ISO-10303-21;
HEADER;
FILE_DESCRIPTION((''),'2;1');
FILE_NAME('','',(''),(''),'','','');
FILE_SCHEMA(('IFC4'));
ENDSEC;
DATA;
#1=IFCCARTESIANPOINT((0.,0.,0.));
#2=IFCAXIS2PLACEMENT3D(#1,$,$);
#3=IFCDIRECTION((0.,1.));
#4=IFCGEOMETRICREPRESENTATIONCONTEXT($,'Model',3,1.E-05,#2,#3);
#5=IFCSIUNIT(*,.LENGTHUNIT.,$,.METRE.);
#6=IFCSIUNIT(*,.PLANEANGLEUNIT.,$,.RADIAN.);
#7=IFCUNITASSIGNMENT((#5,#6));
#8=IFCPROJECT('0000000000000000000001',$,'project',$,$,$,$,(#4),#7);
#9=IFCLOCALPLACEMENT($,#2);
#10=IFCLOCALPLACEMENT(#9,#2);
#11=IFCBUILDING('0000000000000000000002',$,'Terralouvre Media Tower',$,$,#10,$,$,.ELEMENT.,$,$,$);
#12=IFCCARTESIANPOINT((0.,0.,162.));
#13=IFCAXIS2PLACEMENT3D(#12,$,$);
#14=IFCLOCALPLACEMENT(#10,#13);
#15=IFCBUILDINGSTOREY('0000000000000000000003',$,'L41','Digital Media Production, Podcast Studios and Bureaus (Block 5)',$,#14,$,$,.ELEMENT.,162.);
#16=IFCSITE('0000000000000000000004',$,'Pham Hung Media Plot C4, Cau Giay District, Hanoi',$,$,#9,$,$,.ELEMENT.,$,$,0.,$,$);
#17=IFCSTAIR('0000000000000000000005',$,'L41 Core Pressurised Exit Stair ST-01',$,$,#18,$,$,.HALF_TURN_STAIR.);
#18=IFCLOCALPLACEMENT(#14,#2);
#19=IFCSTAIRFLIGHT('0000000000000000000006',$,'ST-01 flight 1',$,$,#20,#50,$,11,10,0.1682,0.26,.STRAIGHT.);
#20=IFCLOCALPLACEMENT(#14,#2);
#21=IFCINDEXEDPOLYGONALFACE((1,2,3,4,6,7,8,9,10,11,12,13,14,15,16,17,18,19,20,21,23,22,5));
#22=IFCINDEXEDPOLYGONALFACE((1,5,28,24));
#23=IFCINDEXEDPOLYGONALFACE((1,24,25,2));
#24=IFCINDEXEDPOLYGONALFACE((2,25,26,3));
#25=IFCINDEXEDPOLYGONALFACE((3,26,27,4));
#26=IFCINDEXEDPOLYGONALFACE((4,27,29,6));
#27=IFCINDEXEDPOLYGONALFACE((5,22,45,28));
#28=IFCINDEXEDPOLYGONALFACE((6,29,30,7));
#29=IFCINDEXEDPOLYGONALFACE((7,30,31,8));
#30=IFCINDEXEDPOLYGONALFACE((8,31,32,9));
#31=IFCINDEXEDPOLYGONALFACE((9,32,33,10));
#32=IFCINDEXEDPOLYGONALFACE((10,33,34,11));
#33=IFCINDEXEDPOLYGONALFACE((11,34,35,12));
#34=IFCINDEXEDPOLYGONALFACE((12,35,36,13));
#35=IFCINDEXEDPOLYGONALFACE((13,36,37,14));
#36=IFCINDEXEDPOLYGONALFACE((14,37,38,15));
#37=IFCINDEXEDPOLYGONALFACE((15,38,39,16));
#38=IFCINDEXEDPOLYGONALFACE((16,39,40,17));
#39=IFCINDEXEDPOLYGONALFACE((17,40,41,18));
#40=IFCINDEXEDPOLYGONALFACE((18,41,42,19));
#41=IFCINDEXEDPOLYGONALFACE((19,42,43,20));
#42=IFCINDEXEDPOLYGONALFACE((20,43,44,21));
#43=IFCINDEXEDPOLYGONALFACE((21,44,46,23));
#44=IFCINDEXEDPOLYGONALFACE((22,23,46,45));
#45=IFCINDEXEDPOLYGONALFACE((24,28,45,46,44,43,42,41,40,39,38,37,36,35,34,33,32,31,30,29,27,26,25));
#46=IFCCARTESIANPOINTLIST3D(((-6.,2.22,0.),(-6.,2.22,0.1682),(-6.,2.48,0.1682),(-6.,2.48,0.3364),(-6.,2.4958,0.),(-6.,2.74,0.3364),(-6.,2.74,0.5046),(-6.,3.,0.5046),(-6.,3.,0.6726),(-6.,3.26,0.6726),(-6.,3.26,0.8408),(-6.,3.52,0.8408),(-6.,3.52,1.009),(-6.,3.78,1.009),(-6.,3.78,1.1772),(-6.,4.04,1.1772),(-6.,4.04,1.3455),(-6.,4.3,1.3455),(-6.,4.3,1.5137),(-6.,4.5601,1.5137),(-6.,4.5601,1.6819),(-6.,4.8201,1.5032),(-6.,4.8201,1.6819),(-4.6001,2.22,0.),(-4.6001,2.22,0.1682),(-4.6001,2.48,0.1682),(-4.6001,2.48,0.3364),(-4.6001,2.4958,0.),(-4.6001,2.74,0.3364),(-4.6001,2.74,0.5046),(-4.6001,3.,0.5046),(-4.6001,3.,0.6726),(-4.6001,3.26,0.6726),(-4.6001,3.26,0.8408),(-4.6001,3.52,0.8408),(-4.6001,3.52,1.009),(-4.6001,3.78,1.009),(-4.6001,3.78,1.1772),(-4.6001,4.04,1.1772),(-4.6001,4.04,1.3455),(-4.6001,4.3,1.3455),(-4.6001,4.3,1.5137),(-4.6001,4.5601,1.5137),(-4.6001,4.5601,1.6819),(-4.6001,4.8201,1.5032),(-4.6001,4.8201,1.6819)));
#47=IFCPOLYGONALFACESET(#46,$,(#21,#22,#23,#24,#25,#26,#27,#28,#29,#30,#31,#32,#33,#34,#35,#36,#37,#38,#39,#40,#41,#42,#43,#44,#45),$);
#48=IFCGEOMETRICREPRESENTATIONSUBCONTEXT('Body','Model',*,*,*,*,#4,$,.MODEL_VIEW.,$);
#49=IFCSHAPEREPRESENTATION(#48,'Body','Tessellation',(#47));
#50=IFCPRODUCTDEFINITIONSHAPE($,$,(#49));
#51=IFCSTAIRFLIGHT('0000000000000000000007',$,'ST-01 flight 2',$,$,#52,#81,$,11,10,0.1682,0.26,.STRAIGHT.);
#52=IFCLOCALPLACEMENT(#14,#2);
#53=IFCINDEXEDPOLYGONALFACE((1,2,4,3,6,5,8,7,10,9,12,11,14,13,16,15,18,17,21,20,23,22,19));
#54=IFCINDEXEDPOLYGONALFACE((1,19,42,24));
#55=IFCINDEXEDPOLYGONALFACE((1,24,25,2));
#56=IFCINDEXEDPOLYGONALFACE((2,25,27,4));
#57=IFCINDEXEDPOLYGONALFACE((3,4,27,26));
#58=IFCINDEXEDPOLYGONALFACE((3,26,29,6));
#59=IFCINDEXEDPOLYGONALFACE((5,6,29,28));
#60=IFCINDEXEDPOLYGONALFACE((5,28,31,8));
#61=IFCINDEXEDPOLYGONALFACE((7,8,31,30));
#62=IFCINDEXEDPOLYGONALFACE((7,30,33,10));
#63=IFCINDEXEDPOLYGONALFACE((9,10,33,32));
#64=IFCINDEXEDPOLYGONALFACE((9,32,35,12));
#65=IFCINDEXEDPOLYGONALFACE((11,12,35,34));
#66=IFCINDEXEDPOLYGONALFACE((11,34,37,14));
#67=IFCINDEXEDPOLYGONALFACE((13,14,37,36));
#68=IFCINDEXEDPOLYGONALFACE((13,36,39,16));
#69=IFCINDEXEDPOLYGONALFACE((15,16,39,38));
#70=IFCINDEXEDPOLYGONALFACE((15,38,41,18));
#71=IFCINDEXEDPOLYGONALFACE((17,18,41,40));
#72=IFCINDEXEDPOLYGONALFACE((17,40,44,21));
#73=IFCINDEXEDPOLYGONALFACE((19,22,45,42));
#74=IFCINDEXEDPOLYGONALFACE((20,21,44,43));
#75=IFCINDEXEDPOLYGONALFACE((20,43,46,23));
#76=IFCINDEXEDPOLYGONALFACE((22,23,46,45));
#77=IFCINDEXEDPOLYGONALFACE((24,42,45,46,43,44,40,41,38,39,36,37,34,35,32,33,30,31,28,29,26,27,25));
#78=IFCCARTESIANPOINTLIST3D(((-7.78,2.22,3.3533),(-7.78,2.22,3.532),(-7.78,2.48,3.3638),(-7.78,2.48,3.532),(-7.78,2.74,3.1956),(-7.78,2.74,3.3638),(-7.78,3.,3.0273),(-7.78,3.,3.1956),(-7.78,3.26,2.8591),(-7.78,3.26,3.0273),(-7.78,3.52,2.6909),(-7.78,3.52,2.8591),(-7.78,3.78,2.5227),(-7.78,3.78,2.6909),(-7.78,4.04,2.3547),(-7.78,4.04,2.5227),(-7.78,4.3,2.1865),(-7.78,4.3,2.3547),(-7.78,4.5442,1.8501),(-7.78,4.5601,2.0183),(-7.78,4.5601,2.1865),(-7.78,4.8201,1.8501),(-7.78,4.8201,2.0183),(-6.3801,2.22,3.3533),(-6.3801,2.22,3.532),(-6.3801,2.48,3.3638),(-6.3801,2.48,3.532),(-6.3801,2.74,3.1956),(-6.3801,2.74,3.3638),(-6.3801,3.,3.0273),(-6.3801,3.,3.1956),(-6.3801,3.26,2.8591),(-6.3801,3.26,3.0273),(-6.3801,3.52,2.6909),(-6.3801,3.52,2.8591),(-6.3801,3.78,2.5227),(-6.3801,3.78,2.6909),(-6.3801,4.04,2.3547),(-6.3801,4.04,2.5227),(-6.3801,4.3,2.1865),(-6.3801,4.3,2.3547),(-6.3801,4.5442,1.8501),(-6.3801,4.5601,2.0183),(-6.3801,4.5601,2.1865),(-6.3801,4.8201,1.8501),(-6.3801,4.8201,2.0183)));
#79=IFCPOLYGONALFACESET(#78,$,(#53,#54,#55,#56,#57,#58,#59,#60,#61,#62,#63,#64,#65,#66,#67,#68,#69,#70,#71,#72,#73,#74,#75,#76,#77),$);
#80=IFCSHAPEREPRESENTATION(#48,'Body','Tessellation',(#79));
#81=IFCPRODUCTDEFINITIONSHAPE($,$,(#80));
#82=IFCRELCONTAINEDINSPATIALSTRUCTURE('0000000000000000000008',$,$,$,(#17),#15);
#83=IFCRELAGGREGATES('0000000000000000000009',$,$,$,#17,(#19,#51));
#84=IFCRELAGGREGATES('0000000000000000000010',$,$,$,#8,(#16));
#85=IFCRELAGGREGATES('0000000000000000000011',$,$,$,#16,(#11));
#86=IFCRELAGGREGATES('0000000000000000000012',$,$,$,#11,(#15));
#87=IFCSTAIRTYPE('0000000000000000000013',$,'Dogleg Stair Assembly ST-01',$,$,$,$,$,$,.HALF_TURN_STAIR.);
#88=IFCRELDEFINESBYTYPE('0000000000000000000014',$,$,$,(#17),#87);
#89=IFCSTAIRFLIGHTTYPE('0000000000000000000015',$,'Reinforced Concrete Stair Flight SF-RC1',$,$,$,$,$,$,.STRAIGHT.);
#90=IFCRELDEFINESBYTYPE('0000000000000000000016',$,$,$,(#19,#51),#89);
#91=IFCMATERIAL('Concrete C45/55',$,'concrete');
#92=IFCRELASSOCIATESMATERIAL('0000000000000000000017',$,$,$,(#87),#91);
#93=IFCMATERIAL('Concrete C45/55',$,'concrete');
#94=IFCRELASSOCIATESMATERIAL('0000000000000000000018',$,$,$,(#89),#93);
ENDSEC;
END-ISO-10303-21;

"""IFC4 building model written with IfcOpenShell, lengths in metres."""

from ifc_helpers import new_model, si_unit, direction, frame, origin, place, context, subcontext, project, spatial, polyline, outline, extrude, material, type_object, element, aggregate, save


model = new_model("IFC4")

# Units and contexts
model_context = context("Model", 3, precision=1e-05, world=origin(), true_north=direction((0.0, 1.0)))
body_context = subcontext(model_context, "Body", "Model", "MODEL_VIEW")
ifc_project = project(units=[si_unit("LENGTHUNIT", "METRE"), si_unit("PLANEANGLEUNIT", "RADIAN")], contexts=[model_context])

# Site, building, storey
site_placement = place(None, origin())
site = spatial("IfcSite", under=ifc_project, at=site_placement, Name="Pham Hung Media Plot C4, Cau Giay District, Hanoi", CompositionType="ELEMENT", RefElevation=0.0)
building_placement = place(site_placement, origin())
building = spatial("IfcBuilding", under=site, at=building_placement, Name="Terralouvre Media Tower", CompositionType="ELEMENT")
storey_placement = place(building_placement, frame((0.0, 0.0, 162.0)))
storey = spatial("IfcBuildingStorey", under=building, at=storey_placement, Name="L41", Description="Digital Media Production, Podcast Studios and Bureaus (Block 5)", CompositionType="ELEMENT", Elevation=162.0)

# Stair, stair flights
ifc_material_1 = material(Name="Concrete C45/55", Category="concrete")
stair_type = type_object("IfcStairType", Name="Dogleg Stair Assembly ST-01", PredefinedType="HALF_TURN_STAIR", material=ifc_material_1)
stair_placement = place(storey_placement, origin())
stair = element("IfcStair", 1, at=stair_placement, inside=storey, type_object=stair_type, Name="L41 Core Pressurised Exit Stair ST-01", PredefinedType="HALF_TURN_STAIR")
ifc_material_2 = material(Name="Concrete C45/55", Category="concrete")
stair_flight_type = type_object("IfcStairFlightType", Name="Reinforced Concrete Stair Flight SF-RC1", PredefinedType="STRAIGHT", material=ifc_material_2)
stair_flight_1_placement = place(storey_placement, frame((-5.3, 2.22, 0.0), z_axis=(0.0, 0.0, 1.0), x_axis=(0.0, 1.0, 0.0)))
stair_flight_1 = element("IfcStairFlight", 2, at=stair_flight_1_placement, type_object=stair_flight_type, Name="ST-01 flight 1", NumberOfRisers=11, NumberOfTreads=10, PredefinedType="STRAIGHT", RiserHeight=0.1682, TreadLength=0.26, context=body_context, shape_type="SweptSolid", body=[
    extrude(outline(polyline([(0.0, 0.0), (0.0, 0.1682), (0.26, 0.1682), (0.26, 0.3364), (0.52, 0.3364), (0.52, 0.5046), (0.78, 0.5046), (0.78, 0.6726), (1.04, 0.6726), (1.04, 0.8408), (1.3, 0.8408), (1.3, 1.009), (1.5601, 1.009), (1.5601, 1.1772), (1.8201, 1.1772), (1.8201, 1.3455), (2.0801, 1.3455), (2.0801, 1.5137), (2.3401, 1.5137), (2.3401, 1.6819), (2.6001, 1.6819), (2.6001, 1.8501), (2.6001, 1.5032), (0.2759, 0.0), (0.0, 0.0)])), frame((0.0, 0.7, 0.0), z_axis=(0.0, -1.0, 0.0), x_axis=(1.0, 0.0, 0.0)), (0.0, 0.0, 1.0), 1.3999),
])
stair_flight_2_placement = place(storey_placement, frame((-7.0801, 4.8201, 1.8501), z_axis=(0.0, 0.0, 1.0), x_axis=(0.0, -1.0, 0.0)))
stair_flight_2 = element("IfcStairFlight", 3, at=stair_flight_2_placement, type_object=stair_flight_type, Name="ST-01 flight 2", NumberOfRisers=11, NumberOfTreads=10, PredefinedType="STRAIGHT", RiserHeight=0.1682, TreadLength=0.26, context=body_context, shape_type="SweptSolid", body=[
    extrude(outline(polyline([(0.0, 0.0), (0.0, 0.1682), (0.26, 0.1682), (0.26, 0.3364), (0.52, 0.3364), (0.52, 0.5046), (0.78, 0.5046), (0.78, 0.6726), (1.04, 0.6726), (1.04, 0.8408), (1.3, 0.8408), (1.3, 1.009), (1.5601, 1.009), (1.5601, 1.1772), (1.8201, 1.1772), (1.8201, 1.3455), (2.0801, 1.3455), (2.0801, 1.5137), (2.3401, 1.5137), (2.3401, 1.6819), (2.6001, 1.6819), (2.6001, 1.8501), (2.6001, 1.5032), (0.2759, 0.0), (0.0, 0.0)])), frame((0.0, 0.7, 0.0), z_axis=(0.0, -1.0, 0.0), x_axis=(1.0, 0.0, 0.0)), (0.0, 0.0, 1.0), 1.3999),
])
aggregate(stair, [stair_flight_1, stair_flight_2])

save(model, "model.ifc")
